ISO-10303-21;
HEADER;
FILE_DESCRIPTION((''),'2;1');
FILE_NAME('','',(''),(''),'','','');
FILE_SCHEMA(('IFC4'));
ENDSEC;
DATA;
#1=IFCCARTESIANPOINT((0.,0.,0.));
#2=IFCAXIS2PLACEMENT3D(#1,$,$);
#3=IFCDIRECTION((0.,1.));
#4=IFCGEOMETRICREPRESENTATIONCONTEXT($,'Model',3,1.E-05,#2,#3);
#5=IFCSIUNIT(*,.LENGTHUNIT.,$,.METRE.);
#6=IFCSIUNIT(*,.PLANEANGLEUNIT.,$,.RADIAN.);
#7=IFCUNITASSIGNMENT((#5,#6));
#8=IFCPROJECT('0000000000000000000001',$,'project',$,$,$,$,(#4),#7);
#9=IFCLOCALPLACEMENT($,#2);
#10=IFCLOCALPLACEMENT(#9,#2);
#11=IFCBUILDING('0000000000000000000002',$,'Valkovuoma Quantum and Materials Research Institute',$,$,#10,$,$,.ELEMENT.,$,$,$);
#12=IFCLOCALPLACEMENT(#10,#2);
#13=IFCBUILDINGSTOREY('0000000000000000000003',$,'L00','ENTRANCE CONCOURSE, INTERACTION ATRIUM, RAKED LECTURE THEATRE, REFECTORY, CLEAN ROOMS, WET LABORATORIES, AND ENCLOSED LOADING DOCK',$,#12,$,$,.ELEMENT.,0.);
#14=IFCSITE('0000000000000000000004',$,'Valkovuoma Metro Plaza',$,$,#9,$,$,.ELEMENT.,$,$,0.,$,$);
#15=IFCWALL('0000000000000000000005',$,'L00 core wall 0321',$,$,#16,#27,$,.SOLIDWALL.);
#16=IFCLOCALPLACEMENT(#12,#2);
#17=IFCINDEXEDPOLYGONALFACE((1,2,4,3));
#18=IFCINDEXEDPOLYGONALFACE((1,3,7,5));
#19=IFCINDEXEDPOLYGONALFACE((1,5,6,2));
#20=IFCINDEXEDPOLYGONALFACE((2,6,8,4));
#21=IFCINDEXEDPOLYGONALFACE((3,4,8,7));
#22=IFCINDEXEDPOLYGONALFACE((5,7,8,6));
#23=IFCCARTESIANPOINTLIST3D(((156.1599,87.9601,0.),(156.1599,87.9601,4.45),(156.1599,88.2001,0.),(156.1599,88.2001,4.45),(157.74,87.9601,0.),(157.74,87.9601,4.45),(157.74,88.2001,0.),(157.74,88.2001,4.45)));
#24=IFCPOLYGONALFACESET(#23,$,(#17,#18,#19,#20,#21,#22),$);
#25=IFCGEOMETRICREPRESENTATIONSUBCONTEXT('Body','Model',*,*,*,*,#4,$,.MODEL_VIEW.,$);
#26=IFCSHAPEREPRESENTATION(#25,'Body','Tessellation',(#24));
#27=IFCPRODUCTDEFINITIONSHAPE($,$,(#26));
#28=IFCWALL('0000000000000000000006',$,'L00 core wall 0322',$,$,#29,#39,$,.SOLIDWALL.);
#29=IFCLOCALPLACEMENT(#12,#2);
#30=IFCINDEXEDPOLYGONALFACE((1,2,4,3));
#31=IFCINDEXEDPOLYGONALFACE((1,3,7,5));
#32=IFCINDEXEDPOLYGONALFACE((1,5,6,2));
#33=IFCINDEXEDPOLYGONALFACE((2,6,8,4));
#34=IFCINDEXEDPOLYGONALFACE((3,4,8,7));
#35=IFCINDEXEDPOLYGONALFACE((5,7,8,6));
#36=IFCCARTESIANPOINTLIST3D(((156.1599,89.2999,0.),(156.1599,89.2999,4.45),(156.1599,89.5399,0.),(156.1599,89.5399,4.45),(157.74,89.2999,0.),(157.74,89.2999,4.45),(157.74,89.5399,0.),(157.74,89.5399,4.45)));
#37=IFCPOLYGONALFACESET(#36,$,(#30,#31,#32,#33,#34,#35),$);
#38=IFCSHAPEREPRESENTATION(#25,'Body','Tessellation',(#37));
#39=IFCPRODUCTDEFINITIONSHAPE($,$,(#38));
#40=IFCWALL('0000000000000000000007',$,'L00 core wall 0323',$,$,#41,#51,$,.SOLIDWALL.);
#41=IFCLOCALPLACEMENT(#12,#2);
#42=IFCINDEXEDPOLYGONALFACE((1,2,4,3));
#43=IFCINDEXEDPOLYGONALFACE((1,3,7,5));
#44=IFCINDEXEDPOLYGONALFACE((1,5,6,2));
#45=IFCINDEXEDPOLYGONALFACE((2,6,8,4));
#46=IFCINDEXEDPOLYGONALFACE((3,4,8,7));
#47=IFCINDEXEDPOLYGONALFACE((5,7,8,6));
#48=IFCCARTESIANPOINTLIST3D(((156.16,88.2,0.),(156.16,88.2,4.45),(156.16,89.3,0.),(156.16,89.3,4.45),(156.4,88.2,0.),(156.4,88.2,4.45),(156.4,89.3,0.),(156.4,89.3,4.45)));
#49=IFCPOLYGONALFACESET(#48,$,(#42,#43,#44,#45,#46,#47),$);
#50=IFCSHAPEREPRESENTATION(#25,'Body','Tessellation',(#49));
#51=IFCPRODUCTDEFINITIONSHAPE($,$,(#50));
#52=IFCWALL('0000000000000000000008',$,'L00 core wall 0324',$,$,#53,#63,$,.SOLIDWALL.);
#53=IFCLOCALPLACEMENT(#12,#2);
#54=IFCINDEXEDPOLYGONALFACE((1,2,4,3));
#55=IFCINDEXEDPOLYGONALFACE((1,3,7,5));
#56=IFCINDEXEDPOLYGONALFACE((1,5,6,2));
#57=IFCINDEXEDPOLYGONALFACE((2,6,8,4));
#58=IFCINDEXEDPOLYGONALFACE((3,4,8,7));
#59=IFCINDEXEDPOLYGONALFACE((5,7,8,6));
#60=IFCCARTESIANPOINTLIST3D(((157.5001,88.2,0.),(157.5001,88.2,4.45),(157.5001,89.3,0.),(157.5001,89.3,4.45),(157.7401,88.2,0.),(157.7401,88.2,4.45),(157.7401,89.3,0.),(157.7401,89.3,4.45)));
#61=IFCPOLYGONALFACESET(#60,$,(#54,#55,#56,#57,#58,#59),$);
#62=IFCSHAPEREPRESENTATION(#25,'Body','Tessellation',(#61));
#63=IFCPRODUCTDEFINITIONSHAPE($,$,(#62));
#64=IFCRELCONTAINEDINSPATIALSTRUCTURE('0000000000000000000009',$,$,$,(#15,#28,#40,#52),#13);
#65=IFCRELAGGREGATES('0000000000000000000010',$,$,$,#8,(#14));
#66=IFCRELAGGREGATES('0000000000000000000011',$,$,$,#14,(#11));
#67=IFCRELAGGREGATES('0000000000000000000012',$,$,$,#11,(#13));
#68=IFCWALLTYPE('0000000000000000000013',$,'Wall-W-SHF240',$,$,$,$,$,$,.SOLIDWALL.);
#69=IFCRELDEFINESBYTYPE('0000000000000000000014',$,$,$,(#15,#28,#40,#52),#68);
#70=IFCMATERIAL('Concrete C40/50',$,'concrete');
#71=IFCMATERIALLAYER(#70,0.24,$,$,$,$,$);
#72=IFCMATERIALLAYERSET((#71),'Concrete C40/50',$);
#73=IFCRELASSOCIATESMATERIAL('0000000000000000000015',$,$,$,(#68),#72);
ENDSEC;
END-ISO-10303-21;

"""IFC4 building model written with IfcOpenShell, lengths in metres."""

from ifc_helpers import new_model, si_unit, direction, frame, frame_2d, origin, place, context, subcontext, project, spatial, rectangle, extrude, material, layer, layer_set, type_object, element, save


model = new_model("IFC4")

# Units and contexts
model_context = context("Model", 3, precision=1e-05, world=origin(), true_north=direction((0.0, 1.0)))
body_context = subcontext(model_context, "Body", "Model", "MODEL_VIEW")
ifc_project = project(units=[si_unit("LENGTHUNIT", "METRE"), si_unit("PLANEANGLEUNIT", "RADIAN")], contexts=[model_context])

# Site, building, storey
site_placement = place(None, origin())
site = spatial("IfcSite", under=ifc_project, at=site_placement, Name="Valkovuoma Metro Plaza", CompositionType="ELEMENT", RefElevation=0.0)
building_placement = place(site_placement, origin())
building = spatial("IfcBuilding", under=site, at=building_placement, Name="Valkovuoma Quantum and Materials Research Institute", CompositionType="ELEMENT")
storey_placement = place(building_placement, origin())
storey = spatial("IfcBuildingStorey", under=building, at=storey_placement, Name="L00", Description="ENTRANCE CONCOURSE, INTERACTION ATRIUM, RAKED LECTURE THEATRE, REFECTORY, CLEAN ROOMS, WET LABORATORIES, AND ENCLOSED LOADING DOCK", CompositionType="ELEMENT", Elevation=0.0)

# Walls
ifc_material_1 = material(Name="Concrete C40/50", Category="concrete")
ifc_layer_1 = layer(ifc_material_1, 0.24)
ifc_layer_set_1 = layer_set([ifc_layer_1], Name="Concrete C40/50")
wall_type_1 = type_object("IfcWallType", Name="Wall-W-SHF240", PredefinedType="SOLIDWALL", material=ifc_layer_set_1)
for number, where, z_axis, x_axis, name in (
    (1, (156.1599, 88.0801, 0.0), (0.0, 0.0, 1.0), (1.0, 0.0, 0.0), "L00 core wall 0321"),
    (2, (156.1599, 89.4199, 0.0), (0.0, 0.0, 1.0), (1.0, 0.0, 0.0), "L00 core wall 0322"),
):
    element("IfcWall", number, at=place(storey_placement, frame(where, z_axis=z_axis, x_axis=x_axis)), inside=storey, type_object=wall_type_1, Name=name, PredefinedType="SOLIDWALL", context=body_context, shape_type="SweptSolid", body=[
        extrude(rectangle(XDim=1.5801, YDim=0.24, at=frame_2d((0.79, 0.0))), origin(), (0.0, 0.0, 1.0), 4.45),
    ])
for number, where, z_axis, x_axis, name in (
    (3, (156.28, 88.2, 0.0), (0.0, 0.0, 1.0), (0.0, 1.0, 0.0), "L00 core wall 0323"),
    (4, (157.6201, 88.2, 0.0), (0.0, 0.0, 1.0), (0.0, 1.0, 0.0), "L00 core wall 0324"),
):
    element("IfcWall", number, at=place(storey_placement, frame(where, z_axis=z_axis, x_axis=x_axis)), inside=storey, type_object=wall_type_1, Name=name, PredefinedType="SOLIDWALL", context=body_context, shape_type="SweptSolid", body=[
        extrude(rectangle(XDim=1.1001, YDim=0.24, at=frame_2d((0.55, 0.0))), origin(), (0.0, 0.0, 1.0), 4.45),
    ])

save(model, "model.ifc")
